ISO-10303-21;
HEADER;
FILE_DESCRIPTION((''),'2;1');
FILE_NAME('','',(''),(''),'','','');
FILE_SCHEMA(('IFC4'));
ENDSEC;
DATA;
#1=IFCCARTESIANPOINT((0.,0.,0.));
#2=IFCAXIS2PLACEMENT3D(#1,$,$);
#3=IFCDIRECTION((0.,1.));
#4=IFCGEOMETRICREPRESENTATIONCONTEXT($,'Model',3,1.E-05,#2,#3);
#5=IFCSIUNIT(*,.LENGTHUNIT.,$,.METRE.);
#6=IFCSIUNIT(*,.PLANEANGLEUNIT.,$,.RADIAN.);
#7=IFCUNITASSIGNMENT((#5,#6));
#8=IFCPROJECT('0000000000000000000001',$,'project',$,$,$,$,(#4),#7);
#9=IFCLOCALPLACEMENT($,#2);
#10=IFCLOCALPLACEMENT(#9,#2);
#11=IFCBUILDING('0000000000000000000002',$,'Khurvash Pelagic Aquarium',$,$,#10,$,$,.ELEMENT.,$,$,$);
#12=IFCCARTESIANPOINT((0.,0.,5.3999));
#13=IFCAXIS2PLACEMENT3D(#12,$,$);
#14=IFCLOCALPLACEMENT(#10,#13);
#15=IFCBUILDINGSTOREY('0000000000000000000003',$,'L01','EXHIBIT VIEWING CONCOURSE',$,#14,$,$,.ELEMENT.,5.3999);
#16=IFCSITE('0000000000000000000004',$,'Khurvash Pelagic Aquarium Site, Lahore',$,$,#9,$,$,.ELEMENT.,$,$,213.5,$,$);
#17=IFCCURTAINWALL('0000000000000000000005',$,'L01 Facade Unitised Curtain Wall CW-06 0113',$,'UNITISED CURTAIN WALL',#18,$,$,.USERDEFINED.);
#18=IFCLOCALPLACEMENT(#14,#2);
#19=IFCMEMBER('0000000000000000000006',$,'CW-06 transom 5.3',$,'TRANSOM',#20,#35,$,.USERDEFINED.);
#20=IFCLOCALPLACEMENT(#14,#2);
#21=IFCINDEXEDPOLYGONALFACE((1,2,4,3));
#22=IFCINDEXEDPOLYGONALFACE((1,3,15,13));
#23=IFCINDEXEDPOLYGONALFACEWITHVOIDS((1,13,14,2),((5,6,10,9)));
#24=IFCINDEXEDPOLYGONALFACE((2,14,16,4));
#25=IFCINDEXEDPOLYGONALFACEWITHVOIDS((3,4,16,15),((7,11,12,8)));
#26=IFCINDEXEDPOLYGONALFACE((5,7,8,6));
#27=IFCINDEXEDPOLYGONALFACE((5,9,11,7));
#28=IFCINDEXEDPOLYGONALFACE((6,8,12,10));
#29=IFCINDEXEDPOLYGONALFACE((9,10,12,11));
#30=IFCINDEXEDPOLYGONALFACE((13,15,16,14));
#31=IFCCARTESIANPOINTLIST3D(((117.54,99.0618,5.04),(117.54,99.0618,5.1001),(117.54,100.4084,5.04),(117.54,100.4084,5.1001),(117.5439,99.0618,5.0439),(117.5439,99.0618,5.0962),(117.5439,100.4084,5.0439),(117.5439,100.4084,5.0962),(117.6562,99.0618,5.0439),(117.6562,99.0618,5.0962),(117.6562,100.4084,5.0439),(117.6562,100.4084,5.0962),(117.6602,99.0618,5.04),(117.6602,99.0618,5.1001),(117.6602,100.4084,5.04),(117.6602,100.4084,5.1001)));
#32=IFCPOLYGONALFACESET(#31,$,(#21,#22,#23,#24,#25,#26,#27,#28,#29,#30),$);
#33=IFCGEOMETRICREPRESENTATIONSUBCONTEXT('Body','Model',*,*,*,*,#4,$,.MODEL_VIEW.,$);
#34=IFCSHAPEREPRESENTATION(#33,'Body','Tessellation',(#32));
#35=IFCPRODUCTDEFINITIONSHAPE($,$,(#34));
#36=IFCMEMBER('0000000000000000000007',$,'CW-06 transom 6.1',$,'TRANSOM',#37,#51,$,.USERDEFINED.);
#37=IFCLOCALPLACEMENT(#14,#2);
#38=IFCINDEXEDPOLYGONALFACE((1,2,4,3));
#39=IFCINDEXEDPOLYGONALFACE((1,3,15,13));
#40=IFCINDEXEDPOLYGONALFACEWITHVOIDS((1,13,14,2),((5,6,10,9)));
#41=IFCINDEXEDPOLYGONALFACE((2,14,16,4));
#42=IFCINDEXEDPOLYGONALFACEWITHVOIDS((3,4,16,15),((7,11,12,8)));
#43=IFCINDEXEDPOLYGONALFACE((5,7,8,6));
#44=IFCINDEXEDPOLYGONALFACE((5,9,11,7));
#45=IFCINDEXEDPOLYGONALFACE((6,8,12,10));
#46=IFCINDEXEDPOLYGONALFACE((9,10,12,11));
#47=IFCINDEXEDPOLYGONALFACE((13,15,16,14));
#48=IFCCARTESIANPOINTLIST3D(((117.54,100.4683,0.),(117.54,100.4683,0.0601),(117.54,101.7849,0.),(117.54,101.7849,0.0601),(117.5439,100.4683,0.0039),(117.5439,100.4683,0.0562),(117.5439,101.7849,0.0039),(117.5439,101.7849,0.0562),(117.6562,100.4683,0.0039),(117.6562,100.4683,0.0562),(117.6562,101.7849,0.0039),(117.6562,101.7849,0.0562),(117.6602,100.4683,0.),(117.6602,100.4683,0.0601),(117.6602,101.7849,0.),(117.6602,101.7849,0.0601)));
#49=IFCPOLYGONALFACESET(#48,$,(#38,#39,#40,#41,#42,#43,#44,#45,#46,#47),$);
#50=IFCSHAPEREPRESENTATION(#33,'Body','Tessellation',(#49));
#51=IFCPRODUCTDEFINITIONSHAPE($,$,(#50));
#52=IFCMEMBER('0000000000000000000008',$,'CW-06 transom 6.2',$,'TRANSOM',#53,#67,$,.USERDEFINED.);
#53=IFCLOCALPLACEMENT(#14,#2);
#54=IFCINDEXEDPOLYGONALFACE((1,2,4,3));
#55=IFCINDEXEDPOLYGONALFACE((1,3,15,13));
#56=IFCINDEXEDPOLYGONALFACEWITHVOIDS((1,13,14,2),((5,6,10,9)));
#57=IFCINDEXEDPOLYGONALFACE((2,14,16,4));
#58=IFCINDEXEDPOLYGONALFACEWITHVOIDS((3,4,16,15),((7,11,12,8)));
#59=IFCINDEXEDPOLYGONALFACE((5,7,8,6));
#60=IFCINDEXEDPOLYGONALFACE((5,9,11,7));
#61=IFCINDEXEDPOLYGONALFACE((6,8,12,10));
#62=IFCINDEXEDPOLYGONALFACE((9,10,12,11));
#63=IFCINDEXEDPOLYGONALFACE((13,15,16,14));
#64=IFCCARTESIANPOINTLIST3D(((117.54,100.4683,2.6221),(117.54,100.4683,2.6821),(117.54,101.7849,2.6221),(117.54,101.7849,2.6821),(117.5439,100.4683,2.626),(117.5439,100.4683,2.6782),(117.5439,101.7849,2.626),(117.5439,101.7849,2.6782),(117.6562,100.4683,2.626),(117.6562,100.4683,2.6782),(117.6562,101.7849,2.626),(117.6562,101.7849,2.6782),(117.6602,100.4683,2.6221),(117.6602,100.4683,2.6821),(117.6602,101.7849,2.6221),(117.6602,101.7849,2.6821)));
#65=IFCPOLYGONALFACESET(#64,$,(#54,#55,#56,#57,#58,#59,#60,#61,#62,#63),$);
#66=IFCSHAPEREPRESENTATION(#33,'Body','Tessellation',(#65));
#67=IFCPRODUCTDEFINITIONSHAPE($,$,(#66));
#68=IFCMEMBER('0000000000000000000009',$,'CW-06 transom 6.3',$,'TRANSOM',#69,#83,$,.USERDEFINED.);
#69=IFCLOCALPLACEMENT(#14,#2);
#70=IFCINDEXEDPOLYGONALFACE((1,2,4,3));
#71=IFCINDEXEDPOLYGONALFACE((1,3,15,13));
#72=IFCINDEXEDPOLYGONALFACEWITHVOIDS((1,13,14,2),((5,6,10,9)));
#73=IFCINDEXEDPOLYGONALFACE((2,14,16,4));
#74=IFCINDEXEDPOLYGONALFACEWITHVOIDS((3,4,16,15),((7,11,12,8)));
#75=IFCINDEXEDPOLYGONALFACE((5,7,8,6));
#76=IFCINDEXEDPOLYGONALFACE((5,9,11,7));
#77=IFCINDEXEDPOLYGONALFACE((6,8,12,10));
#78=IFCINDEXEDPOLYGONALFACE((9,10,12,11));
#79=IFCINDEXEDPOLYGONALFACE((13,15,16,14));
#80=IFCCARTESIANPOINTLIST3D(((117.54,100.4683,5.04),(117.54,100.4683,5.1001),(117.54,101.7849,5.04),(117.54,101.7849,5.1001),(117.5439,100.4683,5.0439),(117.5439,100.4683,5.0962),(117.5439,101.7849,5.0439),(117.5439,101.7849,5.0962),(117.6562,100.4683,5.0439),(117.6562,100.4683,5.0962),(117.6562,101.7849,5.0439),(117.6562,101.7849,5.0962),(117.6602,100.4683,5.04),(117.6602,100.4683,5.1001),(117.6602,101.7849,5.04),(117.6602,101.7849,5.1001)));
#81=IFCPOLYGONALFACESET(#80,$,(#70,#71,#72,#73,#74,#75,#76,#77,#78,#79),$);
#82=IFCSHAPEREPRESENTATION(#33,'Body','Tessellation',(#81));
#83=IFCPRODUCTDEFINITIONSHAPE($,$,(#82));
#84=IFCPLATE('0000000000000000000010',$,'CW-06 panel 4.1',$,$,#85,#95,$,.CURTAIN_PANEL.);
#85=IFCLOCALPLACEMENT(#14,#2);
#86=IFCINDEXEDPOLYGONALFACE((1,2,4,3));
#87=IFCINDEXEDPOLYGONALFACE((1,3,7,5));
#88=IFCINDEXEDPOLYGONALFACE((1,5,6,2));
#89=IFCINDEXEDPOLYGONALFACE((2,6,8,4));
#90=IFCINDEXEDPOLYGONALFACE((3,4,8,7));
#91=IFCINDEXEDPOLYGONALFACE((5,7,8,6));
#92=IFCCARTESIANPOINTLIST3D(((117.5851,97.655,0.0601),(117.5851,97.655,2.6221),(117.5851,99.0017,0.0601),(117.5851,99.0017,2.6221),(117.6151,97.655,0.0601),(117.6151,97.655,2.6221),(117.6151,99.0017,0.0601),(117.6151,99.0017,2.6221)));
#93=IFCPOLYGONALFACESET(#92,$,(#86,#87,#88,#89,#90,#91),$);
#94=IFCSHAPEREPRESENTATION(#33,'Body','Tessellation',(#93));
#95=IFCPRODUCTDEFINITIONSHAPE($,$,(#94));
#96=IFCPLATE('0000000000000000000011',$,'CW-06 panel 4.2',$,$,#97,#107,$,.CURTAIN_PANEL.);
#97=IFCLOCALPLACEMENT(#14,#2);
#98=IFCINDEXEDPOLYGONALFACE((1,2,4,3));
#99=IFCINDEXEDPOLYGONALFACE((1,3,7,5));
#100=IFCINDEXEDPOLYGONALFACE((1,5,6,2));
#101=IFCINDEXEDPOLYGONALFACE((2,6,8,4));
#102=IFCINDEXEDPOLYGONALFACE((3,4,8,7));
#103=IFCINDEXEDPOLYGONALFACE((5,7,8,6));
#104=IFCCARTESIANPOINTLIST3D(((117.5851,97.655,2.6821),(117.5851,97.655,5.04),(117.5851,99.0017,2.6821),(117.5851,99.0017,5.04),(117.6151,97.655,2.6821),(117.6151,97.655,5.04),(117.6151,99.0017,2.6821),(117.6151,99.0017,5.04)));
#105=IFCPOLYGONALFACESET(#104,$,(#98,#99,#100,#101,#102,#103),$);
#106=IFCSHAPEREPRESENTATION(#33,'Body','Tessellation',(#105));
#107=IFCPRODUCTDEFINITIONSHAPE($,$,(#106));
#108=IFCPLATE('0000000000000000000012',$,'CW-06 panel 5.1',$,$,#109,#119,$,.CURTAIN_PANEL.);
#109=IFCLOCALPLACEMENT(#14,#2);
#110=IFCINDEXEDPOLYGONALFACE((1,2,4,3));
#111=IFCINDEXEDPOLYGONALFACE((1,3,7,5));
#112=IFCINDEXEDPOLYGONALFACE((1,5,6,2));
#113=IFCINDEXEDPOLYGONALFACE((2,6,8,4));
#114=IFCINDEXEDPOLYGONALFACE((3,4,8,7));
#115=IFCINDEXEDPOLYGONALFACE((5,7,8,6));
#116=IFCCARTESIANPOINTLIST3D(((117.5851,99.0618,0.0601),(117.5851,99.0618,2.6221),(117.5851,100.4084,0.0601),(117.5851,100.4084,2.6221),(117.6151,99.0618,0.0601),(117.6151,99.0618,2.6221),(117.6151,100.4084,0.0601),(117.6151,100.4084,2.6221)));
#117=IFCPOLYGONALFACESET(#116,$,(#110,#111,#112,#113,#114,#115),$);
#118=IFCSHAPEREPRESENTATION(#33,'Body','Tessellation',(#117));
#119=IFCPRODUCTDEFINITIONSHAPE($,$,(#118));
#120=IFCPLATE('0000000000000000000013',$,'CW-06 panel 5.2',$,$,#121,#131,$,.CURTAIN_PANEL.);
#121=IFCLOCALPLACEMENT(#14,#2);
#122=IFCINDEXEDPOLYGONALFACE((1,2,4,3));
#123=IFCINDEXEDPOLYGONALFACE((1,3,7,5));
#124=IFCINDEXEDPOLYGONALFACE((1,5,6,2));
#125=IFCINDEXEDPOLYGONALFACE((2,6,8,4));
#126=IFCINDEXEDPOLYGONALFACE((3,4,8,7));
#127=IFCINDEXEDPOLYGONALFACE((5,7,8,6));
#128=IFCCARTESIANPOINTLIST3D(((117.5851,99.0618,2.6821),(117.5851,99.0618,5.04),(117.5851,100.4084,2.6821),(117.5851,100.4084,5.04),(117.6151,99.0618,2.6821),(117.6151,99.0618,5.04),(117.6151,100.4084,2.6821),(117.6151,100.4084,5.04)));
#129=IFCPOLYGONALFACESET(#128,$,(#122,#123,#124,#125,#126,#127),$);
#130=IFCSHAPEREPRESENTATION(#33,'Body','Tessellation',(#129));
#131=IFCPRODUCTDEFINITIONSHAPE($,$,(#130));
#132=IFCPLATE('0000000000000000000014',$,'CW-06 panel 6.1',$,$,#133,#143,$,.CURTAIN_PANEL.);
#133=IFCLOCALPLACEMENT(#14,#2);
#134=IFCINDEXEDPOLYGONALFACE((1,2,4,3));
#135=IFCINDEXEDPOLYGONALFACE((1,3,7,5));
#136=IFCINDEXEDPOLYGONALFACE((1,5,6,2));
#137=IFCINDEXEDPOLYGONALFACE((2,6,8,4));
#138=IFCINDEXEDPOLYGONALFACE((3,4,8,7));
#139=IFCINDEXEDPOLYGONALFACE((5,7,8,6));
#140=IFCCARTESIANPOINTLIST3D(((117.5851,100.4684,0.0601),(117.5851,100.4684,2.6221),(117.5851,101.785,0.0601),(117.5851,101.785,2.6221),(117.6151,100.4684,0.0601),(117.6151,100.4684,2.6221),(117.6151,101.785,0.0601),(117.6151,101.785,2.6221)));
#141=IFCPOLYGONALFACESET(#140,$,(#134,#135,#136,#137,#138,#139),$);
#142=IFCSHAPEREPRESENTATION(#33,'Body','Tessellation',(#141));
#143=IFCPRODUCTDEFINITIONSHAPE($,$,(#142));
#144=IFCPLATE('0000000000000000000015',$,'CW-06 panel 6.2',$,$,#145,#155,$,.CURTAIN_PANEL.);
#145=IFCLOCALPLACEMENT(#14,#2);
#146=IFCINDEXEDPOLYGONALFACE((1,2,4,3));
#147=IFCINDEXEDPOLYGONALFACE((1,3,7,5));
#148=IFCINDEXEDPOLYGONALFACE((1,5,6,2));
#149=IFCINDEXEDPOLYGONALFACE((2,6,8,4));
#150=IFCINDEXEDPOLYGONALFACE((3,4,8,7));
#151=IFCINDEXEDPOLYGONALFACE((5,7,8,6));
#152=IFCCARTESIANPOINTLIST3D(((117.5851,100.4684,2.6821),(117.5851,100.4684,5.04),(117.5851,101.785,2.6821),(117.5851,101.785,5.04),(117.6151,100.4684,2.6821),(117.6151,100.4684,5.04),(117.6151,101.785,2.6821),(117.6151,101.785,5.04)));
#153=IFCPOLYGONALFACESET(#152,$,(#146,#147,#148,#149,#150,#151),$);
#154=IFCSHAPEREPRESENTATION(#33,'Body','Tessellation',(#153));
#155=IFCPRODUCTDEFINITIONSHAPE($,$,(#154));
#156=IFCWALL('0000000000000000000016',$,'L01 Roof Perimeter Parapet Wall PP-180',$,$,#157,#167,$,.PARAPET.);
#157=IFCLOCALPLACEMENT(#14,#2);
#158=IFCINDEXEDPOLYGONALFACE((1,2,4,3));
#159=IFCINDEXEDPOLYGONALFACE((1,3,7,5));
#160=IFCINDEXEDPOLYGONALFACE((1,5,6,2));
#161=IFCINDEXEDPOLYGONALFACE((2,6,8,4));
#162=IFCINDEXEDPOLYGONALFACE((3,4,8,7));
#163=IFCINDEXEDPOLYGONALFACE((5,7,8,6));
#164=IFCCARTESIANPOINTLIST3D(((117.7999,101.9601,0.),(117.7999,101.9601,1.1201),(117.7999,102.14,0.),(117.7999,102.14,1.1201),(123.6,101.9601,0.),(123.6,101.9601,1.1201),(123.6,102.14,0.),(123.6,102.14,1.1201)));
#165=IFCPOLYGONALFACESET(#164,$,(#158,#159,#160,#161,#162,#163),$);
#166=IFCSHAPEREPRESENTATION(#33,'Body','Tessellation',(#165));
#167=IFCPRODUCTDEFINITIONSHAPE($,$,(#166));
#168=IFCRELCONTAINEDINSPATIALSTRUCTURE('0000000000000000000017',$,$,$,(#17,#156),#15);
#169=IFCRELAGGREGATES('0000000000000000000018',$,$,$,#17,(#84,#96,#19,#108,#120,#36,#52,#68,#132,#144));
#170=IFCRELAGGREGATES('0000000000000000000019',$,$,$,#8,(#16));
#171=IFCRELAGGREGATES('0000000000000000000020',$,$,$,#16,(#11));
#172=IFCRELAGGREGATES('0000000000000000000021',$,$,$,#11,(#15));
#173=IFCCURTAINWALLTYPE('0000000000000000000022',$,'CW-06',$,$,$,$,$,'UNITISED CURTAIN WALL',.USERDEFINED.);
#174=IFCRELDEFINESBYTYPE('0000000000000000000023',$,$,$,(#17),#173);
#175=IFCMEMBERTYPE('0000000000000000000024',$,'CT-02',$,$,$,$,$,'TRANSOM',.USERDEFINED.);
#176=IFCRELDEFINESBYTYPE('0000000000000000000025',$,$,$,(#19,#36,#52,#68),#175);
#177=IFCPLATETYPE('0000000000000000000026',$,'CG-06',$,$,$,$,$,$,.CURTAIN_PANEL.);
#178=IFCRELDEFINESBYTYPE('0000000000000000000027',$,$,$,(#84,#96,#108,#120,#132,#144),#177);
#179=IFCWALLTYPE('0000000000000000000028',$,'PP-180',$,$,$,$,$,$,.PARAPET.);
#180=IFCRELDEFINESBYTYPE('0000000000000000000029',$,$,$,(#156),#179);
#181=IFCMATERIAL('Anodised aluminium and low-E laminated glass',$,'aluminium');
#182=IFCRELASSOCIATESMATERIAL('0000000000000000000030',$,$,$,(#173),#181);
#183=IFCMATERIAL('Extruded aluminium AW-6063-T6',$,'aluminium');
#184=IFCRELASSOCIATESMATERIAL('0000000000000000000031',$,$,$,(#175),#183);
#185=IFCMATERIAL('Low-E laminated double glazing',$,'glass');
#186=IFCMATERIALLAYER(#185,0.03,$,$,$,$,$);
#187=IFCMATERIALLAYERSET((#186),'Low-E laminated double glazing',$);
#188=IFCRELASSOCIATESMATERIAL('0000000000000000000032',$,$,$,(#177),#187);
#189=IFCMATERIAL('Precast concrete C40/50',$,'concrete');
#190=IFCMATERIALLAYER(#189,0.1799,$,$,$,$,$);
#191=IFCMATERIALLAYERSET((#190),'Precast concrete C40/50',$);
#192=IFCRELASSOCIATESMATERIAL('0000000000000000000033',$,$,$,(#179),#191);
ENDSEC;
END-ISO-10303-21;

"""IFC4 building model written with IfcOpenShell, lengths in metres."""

from ifc_helpers import new_model, si_unit, direction, frame, frame_2d, origin, origin_2d, place, context, subcontext, project, spatial, rectangle, hollow_rectangle, extrude, material, layer, layer_set, material_profile, profile_set, type_object, element, aggregate, save


model = new_model("IFC4")

# Units and contexts
model_context = context("Model", 3, precision=1e-05, world=origin(), true_north=direction((0.0, 1.0)))
body_context = subcontext(model_context, "Body", "Model", "MODEL_VIEW")
ifc_project = project(units=[si_unit("LENGTHUNIT", "METRE"), si_unit("PLANEANGLEUNIT", "RADIAN")], contexts=[model_context])

# Site, building, storey
site_placement = place(None, origin())
site = spatial("IfcSite", under=ifc_project, at=site_placement, Name="Khurvash Pelagic Aquarium Site, Lahore", CompositionType="ELEMENT", RefElevation=213.5)
building_placement = place(site_placement, origin())
building = spatial("IfcBuilding", under=site, at=building_placement, Name="Khurvash Pelagic Aquarium", CompositionType="ELEMENT")
storey_placement = place(building_placement, frame((0.0, 0.0, 5.3999)))
storey = spatial("IfcBuildingStorey", under=building, at=storey_placement, Name="L01", Description="EXHIBIT VIEWING CONCOURSE", CompositionType="ELEMENT", Elevation=5.3999)

# Curtain wall, members, plates
ifc_material_1 = material(Name="Anodised aluminium and low-E laminated glass", Category="aluminium")
curtain_wall_type = type_object("IfcCurtainWallType", Name="CW-06", ElementType="UNITISED CURTAIN WALL", PredefinedType="USERDEFINED", material=ifc_material_1)
curtain_wall_placement = place(storey_placement, origin())
curtain_wall = element("IfcCurtainWall", 1, at=curtain_wall_placement, inside=storey, type_object=curtain_wall_type, Name="L01 Facade Unitised Curtain Wall CW-06 0113", ObjectType="UNITISED CURTAIN WALL", PredefinedType="USERDEFINED")
ifc_material_2 = material(Name="Extruded aluminium AW-6063-T6", Category="aluminium")
ifc_material_profile_1 = material_profile(ifc_material_2, hollow_rectangle(XDim=0.1201, YDim=0.0601, WallThickness=0.0039, at=origin_2d()), Name="CWT120X60X4")
ifc_profile_set_1 = profile_set([ifc_material_profile_1], Name="Extruded aluminium AW-6063-T6")
member_type_1 = type_object("IfcMemberType", Name="CT-02", ElementType="TRANSOM", PredefinedType="USERDEFINED", material=ifc_profile_set_1)
member_1_placement = place(storey_placement, frame((117.6001, 99.0618, 5.0701), z_axis=(0.0, 1.0, 0.0), x_axis=(-1.0, 0.0, 0.0)))
member_1 = element("IfcMember", 2, at=member_1_placement, type_object=member_type_1, Name="CW-06 transom 5.3", ObjectType="TRANSOM", PredefinedType="USERDEFINED", context=body_context, shape_type="SweptSolid", body=[
    extrude(hollow_rectangle(XDim=0.1201, YDim=0.0601, WallThickness=0.0039, at=origin_2d()), origin(), (0.0, 0.0, 1.0), 1.3467),
])
member_2_placement = place(storey_placement, frame((117.6001, 100.4683, 0.03), z_axis=(0.0, 1.0, 0.0), x_axis=(-1.0, 0.0, 0.0)))
member_2 = element("IfcMember", 3, at=member_2_placement, type_object=member_type_1, Name="CW-06 transom 6.1", ObjectType="TRANSOM", PredefinedType="USERDEFINED", context=body_context, shape_type="SweptSolid", body=[
    extrude(hollow_rectangle(XDim=0.1201, YDim=0.0601, WallThickness=0.0039, at=origin_2d()), origin(), (0.0, 0.0, 1.0), 1.3167),
])
member_3_placement = place(storey_placement, frame((117.6001, 100.4683, 2.6521), z_axis=(0.0, 1.0, 0.0), x_axis=(-1.0, 0.0, 0.0)))
member_3 = element("IfcMember", 4, at=member_3_placement, type_object=member_type_1, Name="CW-06 transom 6.2", ObjectType="TRANSOM", PredefinedType="USERDEFINED", context=body_context, shape_type="SweptSolid", body=[
    extrude(hollow_rectangle(XDim=0.1201, YDim=0.0601, WallThickness=0.0039, at=origin_2d()), origin(), (0.0, 0.0, 1.0), 1.3167),
])
member_4_placement = place(storey_placement, frame((117.6001, 100.4683, 5.0701), z_axis=(0.0, 1.0, 0.0), x_axis=(-1.0, 0.0, 0.0)))
member_4 = element("IfcMember", 5, at=member_4_placement, type_object=member_type_1, Name="CW-06 transom 6.3", ObjectType="TRANSOM", PredefinedType="USERDEFINED", context=body_context, shape_type="SweptSolid", body=[
    extrude(hollow_rectangle(XDim=0.1201, YDim=0.0601, WallThickness=0.0039, at=origin_2d()), origin(), (0.0, 0.0, 1.0), 1.3167),
])
ifc_material_3 = material(Name="Low-E laminated double glazing", Category="glass")
ifc_layer_1 = layer(ifc_material_3, 0.03)
ifc_layer_set_1 = layer_set([ifc_layer_1], Name="Low-E laminated double glazing")
plate_type = type_object("IfcPlateType", Name="CG-06", PredefinedType="CURTAIN_PANEL", material=ifc_layer_set_1)
plate_1_placement = place(storey_placement, frame((117.6001, 98.3284, 0.0601), z_axis=(0.0, 0.0, 1.0), x_axis=(0.0, 1.0, 0.0)))
plate_1 = element("IfcPlate", 6, at=plate_1_placement, type_object=plate_type, Name="CW-06 panel 4.1", PredefinedType="CURTAIN_PANEL", context=body_context, shape_type="SweptSolid", body=[
    extrude(rectangle(XDim=1.3467, YDim=0.03, at=origin_2d()), origin(), (0.0, 0.0, 1.0), 2.562),
])
plate_2_placement = place(storey_placement, frame((117.6001, 98.3284, 2.6821), z_axis=(0.0, 0.0, 1.0), x_axis=(0.0, 1.0, 0.0)))
plate_2 = element("IfcPlate", 7, at=plate_2_placement, type_object=plate_type, Name="CW-06 panel 4.2", PredefinedType="CURTAIN_PANEL", context=body_context, shape_type="SweptSolid", body=[
    extrude(rectangle(XDim=1.3467, YDim=0.03, at=origin_2d()), origin(), (0.0, 0.0, 1.0), 2.3579),
])
plate_3_placement = place(storey_placement, frame((117.6001, 99.7351, 0.0601), z_axis=(0.0, 0.0, 1.0), x_axis=(0.0, 1.0, 0.0)))
plate_3 = element("IfcPlate", 8, at=plate_3_placement, type_object=plate_type, Name="CW-06 panel 5.1", PredefinedType="CURTAIN_PANEL", context=body_context, shape_type="SweptSolid", body=[
    extrude(rectangle(XDim=1.3467, YDim=0.03, at=origin_2d()), origin(), (0.0, 0.0, 1.0), 2.562),
])
plate_4_placement = place(storey_placement, frame((117.6001, 99.7351, 2.6821), z_axis=(0.0, 0.0, 1.0), x_axis=(0.0, 1.0, 0.0)))
plate_4 = element("IfcPlate", 9, at=plate_4_placement, type_object=plate_type, Name="CW-06 panel 5.2", PredefinedType="CURTAIN_PANEL", context=body_context, shape_type="SweptSolid", body=[
    extrude(rectangle(XDim=1.3467, YDim=0.03, at=origin_2d()), origin(), (0.0, 0.0, 1.0), 2.3579),
])
plate_5_placement = place(storey_placement, frame((117.6001, 101.1267, 0.0601), z_axis=(0.0, 0.0, 1.0), x_axis=(0.0, 1.0, 0.0)))
plate_5 = element("IfcPlate", 10, at=plate_5_placement, type_object=plate_type, Name="CW-06 panel 6.1", PredefinedType="CURTAIN_PANEL", context=body_context, shape_type="SweptSolid", body=[
    extrude(rectangle(XDim=1.3167, YDim=0.03, at=origin_2d()), origin(), (0.0, 0.0, 1.0), 2.562),
])
plate_6_placement = place(storey_placement, frame((117.6001, 101.1267, 2.6821), z_axis=(0.0, 0.0, 1.0), x_axis=(0.0, 1.0, 0.0)))
plate_6 = element("IfcPlate", 11, at=plate_6_placement, type_object=plate_type, Name="CW-06 panel 6.2", PredefinedType="CURTAIN_PANEL", context=body_context, shape_type="SweptSolid", body=[
    extrude(rectangle(XDim=1.3167, YDim=0.03, at=origin_2d()), origin(), (0.0, 0.0, 1.0), 2.3579),
])
aggregate(curtain_wall, [plate_1, plate_2, member_1, plate_3, plate_4, member_2, member_3, member_4, plate_5, plate_6])

# Wall
ifc_material_4 = material(Name="Precast concrete C40/50", Category="concrete")
ifc_layer_2 = layer(ifc_material_4, 0.1799)
ifc_layer_set_2 = layer_set([ifc_layer_2], Name="Precast concrete C40/50")
wall_type = type_object("IfcWallType", Name="PP-180", PredefinedType="PARAPET", material=ifc_layer_set_2)
wall_placement = place(storey_placement, frame((117.8, 102.05, 0.0), z_axis=(0.0, 0.0, 1.0), x_axis=(1.0, 0.0, 0.0)))
element("IfcWall", 12, at=wall_placement, inside=storey, type_object=wall_type, Name="L01 Roof Perimeter Parapet Wall PP-180", PredefinedType="PARAPET", context=body_context, shape_type="SweptSolid", body=[
    extrude(rectangle(XDim=5.8, YDim=0.1799, at=frame_2d((2.8999, 0.0))), origin(), (0.0, 0.0, 1.0), 1.1201),
])

save(model, "model.ifc")
